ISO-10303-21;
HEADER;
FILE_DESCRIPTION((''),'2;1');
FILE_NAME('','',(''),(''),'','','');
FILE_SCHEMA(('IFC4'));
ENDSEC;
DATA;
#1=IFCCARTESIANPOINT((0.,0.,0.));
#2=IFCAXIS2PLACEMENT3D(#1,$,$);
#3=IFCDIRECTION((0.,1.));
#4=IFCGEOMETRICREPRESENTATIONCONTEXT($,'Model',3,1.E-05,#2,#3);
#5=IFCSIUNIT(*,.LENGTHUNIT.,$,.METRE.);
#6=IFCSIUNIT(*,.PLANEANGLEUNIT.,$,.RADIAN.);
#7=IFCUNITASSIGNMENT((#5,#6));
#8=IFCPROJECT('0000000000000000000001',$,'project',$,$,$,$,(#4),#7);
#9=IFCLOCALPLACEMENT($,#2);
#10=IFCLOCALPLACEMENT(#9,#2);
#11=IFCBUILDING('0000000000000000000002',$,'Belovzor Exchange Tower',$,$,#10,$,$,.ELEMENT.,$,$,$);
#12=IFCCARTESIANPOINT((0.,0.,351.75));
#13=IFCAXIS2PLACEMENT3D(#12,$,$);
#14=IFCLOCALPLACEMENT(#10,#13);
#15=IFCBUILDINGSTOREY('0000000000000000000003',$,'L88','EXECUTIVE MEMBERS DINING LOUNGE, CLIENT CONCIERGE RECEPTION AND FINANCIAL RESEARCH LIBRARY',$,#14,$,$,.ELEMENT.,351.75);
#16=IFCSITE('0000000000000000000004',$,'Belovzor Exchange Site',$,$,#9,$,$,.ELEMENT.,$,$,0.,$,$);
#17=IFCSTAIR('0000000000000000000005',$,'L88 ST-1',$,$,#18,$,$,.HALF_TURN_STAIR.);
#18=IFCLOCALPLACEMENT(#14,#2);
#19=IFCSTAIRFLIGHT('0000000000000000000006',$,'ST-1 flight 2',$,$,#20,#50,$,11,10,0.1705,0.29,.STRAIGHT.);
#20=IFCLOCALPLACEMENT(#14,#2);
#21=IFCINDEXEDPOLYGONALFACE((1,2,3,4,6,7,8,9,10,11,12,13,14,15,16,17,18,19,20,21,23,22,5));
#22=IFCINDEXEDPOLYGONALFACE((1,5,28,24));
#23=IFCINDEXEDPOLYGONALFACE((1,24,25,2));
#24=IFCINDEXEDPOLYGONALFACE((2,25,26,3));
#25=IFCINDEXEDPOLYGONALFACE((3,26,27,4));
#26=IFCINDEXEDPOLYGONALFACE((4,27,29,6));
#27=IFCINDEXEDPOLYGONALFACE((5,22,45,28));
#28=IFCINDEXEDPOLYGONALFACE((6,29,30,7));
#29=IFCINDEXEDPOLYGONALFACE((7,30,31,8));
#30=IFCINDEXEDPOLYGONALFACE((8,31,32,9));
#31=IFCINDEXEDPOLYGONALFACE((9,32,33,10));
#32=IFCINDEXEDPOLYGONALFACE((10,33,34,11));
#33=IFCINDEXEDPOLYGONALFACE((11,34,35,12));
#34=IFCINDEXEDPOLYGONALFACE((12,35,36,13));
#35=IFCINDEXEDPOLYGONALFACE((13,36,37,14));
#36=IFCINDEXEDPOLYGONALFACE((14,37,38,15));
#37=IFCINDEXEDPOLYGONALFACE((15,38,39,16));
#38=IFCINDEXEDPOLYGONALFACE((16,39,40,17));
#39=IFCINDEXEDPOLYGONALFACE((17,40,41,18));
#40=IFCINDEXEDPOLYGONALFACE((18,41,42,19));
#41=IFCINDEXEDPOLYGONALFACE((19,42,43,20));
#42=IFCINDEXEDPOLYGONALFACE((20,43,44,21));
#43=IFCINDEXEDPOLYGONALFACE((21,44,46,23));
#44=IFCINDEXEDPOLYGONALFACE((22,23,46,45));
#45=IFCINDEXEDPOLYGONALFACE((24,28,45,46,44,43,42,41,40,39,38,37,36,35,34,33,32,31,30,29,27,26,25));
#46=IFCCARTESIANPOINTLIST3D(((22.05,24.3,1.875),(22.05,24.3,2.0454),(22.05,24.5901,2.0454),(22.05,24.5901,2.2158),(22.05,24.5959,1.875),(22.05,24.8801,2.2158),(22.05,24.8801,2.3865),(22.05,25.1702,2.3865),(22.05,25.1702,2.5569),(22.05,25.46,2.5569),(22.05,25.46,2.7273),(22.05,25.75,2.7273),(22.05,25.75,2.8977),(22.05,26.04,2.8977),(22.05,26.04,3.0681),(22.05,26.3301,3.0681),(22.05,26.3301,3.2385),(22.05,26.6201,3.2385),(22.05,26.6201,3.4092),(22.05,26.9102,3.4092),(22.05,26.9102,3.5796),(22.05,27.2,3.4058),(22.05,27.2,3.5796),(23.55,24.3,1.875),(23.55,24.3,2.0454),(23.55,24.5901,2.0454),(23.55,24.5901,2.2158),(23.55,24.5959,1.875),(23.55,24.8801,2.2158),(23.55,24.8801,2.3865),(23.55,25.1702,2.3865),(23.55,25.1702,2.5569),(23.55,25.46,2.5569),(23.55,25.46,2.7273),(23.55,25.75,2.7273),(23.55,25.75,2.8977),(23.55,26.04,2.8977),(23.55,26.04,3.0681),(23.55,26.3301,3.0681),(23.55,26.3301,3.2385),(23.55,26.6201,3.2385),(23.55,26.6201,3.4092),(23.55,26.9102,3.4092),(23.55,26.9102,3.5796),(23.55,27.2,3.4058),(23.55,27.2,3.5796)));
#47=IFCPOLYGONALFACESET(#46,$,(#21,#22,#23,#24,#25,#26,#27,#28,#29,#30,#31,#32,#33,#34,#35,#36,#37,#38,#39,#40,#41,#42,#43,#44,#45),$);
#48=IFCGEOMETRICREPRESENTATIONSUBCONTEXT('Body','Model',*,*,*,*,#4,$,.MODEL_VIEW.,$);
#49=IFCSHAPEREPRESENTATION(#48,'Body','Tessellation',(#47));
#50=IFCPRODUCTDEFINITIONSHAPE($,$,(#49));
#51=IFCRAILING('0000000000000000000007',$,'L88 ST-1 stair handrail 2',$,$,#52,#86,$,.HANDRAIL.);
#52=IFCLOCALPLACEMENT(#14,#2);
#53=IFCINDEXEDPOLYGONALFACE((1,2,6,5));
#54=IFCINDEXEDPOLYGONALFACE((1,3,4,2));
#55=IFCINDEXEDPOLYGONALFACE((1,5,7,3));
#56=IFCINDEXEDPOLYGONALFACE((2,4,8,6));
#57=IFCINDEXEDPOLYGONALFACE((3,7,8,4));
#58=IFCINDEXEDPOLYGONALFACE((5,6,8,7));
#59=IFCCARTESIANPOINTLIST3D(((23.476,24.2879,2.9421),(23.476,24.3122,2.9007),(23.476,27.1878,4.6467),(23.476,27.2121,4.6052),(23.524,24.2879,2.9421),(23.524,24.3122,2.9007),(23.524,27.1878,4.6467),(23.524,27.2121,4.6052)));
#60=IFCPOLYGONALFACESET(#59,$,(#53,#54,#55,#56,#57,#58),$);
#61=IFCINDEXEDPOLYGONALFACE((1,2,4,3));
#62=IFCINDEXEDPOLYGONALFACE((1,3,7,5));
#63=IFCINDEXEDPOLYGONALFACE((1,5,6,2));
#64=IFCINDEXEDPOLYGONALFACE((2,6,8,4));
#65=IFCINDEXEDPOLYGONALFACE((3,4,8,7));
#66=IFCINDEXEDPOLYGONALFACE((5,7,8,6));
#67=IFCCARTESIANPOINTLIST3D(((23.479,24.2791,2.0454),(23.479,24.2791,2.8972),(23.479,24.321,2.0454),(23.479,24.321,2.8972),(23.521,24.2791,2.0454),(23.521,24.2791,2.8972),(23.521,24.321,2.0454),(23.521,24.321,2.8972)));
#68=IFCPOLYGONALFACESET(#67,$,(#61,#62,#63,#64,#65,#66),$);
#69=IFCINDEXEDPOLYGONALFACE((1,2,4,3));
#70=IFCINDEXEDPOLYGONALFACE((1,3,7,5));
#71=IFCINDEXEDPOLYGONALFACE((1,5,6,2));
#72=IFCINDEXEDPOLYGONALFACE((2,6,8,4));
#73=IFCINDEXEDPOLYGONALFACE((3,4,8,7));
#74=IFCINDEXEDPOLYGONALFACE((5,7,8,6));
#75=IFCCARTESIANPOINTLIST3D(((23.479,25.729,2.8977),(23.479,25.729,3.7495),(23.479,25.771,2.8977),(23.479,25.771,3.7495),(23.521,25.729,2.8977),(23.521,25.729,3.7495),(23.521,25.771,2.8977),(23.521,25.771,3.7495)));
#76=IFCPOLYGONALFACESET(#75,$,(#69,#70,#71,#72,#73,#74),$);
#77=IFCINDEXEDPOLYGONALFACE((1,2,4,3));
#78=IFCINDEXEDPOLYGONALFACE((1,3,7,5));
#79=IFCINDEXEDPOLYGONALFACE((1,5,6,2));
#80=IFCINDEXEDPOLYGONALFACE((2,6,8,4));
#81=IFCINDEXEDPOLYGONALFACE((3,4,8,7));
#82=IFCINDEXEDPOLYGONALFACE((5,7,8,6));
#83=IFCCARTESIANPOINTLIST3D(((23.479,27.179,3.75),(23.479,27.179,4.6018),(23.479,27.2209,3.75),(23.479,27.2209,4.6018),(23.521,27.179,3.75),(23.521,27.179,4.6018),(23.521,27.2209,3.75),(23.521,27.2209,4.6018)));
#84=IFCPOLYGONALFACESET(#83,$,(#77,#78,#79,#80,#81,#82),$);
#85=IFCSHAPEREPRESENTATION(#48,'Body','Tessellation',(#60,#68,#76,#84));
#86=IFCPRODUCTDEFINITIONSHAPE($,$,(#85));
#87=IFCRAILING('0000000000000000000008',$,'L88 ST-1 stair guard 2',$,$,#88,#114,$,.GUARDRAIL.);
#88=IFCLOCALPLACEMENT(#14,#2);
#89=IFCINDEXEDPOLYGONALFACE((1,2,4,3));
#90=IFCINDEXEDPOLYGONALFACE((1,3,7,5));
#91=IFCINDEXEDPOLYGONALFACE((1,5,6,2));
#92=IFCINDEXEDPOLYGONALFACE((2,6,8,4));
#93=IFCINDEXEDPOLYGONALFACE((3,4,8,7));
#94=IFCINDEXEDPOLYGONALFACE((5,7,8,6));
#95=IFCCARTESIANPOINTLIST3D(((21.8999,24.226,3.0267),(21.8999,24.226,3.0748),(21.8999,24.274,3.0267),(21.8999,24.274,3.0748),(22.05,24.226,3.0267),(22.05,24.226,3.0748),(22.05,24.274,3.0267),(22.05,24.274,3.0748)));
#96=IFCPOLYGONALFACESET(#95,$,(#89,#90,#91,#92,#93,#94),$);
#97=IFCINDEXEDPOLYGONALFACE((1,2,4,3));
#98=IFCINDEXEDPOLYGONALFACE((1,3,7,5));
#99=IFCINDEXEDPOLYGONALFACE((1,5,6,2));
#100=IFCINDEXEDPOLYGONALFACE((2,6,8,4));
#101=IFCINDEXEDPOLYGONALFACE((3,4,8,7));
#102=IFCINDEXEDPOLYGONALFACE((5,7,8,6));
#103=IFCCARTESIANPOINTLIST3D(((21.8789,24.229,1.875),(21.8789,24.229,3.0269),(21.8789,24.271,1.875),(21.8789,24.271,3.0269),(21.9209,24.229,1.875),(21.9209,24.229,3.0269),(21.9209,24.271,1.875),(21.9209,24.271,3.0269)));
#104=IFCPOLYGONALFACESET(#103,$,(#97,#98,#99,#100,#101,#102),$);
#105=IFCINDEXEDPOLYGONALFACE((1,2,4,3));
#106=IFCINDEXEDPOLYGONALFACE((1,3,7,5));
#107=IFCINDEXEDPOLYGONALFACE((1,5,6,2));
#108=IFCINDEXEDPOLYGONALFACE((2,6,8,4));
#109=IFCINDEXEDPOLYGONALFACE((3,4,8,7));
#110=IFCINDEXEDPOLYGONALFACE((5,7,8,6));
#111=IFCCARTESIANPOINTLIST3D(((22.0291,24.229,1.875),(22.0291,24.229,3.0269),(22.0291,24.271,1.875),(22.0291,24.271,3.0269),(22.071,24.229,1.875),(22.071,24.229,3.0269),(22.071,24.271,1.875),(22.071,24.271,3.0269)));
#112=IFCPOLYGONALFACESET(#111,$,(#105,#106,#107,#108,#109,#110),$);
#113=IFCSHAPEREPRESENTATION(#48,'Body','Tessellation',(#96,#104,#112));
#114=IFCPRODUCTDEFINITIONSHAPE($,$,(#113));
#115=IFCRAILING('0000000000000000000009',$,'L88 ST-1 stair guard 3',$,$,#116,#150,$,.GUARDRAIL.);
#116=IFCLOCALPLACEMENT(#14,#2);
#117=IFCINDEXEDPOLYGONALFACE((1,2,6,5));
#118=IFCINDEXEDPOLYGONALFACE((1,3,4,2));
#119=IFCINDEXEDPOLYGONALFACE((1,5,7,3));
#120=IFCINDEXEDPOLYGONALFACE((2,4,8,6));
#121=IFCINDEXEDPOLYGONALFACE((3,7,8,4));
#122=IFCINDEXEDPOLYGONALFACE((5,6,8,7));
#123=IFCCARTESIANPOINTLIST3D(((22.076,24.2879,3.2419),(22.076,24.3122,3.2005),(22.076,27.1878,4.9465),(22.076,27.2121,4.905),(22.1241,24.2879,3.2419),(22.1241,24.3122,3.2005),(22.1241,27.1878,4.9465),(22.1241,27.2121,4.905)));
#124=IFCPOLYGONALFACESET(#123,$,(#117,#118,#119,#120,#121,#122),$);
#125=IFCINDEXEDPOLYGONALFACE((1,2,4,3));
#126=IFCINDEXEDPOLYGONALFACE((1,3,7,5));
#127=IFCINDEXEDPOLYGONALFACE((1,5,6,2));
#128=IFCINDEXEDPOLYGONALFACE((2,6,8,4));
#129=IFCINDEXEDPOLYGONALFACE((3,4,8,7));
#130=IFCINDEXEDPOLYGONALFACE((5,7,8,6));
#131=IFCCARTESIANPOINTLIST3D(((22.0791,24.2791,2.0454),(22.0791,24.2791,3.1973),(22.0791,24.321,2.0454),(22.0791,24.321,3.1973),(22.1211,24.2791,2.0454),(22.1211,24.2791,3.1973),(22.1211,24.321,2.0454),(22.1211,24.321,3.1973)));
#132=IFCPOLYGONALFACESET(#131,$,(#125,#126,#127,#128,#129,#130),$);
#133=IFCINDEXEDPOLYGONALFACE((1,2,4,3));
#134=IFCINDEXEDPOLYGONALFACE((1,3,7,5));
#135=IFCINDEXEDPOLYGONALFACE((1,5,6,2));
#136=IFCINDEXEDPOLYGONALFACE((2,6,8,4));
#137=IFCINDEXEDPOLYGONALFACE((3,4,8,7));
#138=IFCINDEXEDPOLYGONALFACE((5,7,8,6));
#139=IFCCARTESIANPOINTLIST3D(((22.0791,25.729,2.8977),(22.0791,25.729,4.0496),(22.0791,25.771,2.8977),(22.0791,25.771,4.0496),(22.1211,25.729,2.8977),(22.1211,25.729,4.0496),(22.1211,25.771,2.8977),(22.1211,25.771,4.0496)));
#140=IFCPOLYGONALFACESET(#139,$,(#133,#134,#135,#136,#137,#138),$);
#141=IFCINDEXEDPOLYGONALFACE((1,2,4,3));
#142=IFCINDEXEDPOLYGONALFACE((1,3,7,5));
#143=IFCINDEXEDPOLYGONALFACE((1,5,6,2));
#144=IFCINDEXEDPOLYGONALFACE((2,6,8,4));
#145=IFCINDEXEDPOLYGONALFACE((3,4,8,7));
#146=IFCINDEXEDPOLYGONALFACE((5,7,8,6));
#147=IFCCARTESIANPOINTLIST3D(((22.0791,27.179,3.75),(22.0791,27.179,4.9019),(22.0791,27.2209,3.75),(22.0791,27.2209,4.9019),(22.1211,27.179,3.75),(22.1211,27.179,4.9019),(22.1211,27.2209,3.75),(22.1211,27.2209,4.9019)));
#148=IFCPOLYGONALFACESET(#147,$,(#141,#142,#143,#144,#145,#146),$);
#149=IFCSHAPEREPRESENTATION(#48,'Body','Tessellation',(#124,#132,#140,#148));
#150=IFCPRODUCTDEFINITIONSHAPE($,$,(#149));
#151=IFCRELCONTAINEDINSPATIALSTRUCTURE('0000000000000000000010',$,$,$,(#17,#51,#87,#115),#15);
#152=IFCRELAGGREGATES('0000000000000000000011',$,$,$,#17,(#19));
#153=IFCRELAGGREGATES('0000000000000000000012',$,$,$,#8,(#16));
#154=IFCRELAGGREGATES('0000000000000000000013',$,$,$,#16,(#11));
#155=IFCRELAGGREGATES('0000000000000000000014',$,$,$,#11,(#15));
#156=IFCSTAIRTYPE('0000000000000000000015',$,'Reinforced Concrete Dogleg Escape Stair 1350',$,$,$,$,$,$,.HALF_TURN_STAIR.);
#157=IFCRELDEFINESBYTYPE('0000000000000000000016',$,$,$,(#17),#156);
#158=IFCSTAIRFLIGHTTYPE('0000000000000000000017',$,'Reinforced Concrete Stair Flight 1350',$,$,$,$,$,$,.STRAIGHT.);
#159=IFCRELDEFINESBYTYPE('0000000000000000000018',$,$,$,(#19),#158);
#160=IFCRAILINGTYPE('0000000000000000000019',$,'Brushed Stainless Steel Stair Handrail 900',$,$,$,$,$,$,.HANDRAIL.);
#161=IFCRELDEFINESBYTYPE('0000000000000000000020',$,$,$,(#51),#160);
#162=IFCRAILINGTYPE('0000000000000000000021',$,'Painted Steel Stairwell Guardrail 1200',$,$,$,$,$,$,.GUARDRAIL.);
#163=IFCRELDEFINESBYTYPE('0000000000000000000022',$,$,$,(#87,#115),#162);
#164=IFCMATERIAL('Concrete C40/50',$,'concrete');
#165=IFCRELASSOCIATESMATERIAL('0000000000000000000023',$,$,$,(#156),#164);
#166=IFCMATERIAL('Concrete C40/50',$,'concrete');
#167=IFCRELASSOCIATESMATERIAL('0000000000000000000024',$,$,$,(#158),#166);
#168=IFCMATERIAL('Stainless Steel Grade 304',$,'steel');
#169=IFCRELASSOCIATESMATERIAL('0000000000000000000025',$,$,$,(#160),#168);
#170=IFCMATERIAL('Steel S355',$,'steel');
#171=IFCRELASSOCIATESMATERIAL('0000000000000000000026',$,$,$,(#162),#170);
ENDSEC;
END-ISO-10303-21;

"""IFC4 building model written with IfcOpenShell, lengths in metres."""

from ifc_helpers import new_model, si_unit, direction, frame, origin, origin_2d, place, context, subcontext, project, spatial, polyline, rectangle, outline, extrude, material, type_object, element, aggregate, save


model = new_model("IFC4")

# Units and contexts
model_context = context("Model", 3, precision=1e-05, world=origin(), true_north=direction((0.0, 1.0)))
body_context = subcontext(model_context, "Body", "Model", "MODEL_VIEW")
ifc_project = project(units=[si_unit("LENGTHUNIT", "METRE"), si_unit("PLANEANGLEUNIT", "RADIAN")], contexts=[model_context])

# Site, building, storey
site_placement = place(None, origin())
site = spatial("IfcSite", under=ifc_project, at=site_placement, Name="Belovzor Exchange Site", CompositionType="ELEMENT", RefElevation=0.0)
building_placement = place(site_placement, origin())
building = spatial("IfcBuilding", under=site, at=building_placement, Name="Belovzor Exchange Tower", CompositionType="ELEMENT")
storey_placement = place(building_placement, frame((0.0, 0.0, 351.75)))
storey = spatial("IfcBuildingStorey", under=building, at=storey_placement, Name="L88", Description="EXECUTIVE MEMBERS DINING LOUNGE, CLIENT CONCIERGE RECEPTION AND FINANCIAL RESEARCH LIBRARY", CompositionType="ELEMENT", Elevation=351.75)

# Stair, stair flight
ifc_material_1 = material(Name="Concrete C40/50", Category="concrete")
stair_type = type_object("IfcStairType", Name="Reinforced Concrete Dogleg Escape Stair 1350", PredefinedType="HALF_TURN_STAIR", material=ifc_material_1)
stair_placement = place(storey_placement, origin())
stair = element("IfcStair", 1, at=stair_placement, inside=storey, type_object=stair_type, Name="L88 ST-1", PredefinedType="HALF_TURN_STAIR")
ifc_material_2 = material(Name="Concrete C40/50", Category="concrete")
stair_flight_type = type_object("IfcStairFlightType", Name="Reinforced Concrete Stair Flight 1350", PredefinedType="STRAIGHT", material=ifc_material_2)
stair_flight_placement = place(storey_placement, frame((22.8, 24.3, 1.875), z_axis=(0.0, 0.0, 1.0), x_axis=(0.0, 1.0, 0.0)))
stair_flight = element("IfcStairFlight", 2, at=stair_flight_placement, type_object=stair_flight_type, Name="ST-1 flight 2", NumberOfRisers=11, NumberOfTreads=10, PredefinedType="STRAIGHT", RiserHeight=0.1705, TreadLength=0.29, context=body_context, shape_type="SweptSolid", body=[
    extrude(outline(polyline([(0.0, 0.0), (0.0, 0.1704), (0.29, 0.1704), (0.29, 0.3408), (0.5801, 0.3408), (0.5801, 0.5115), (0.8701, 0.5115), (0.8701, 0.6819), (1.1599, 0.6819), (1.1599, 0.8523), (1.45, 0.8523), (1.45, 1.0227), (1.74, 1.0227), (1.74, 1.1931), (2.03, 1.1931), (2.03, 1.3635), (2.3201, 1.3635), (2.3201, 1.5342), (2.6101, 1.5342), (2.6101, 1.7046), (2.8999, 1.7046), (2.8999, 1.875), (2.8999, 1.5308), (0.2959, 0.0), (0.0, 0.0)])), frame((0.0, 0.75, 0.0), z_axis=(0.0, -1.0, 0.0), x_axis=(1.0, 0.0, 0.0)), (0.0, 0.0, 1.0), 1.5),
])
aggregate(stair, [stair_flight])

# Railings
ifc_material_3 = material(Name="Stainless Steel Grade 304", Category="steel")
railing_type_1 = type_object("IfcRailingType", Name="Brushed Stainless Steel Stair Handrail 900", PredefinedType="HANDRAIL", material=ifc_material_3)
railing_1_placement = place(storey_placement, frame((23.5, 24.3, 2.0454)))
element("IfcRailing", 3, at=railing_1_placement, inside=storey, type_object=railing_type_1, Name="L88 ST-1 stair handrail 2", PredefinedType="HANDRAIL", context=body_context, shape_type="SweptSolid", body=[
    extrude(rectangle(XDim=0.0481, YDim=0.0481, at=origin_2d()), frame((0.0, 0.0, 0.876), z_axis=(0.0, 0.862095, 0.506747), x_axis=(-1.0, 0.0, 0.0)), (0.0, 0.0, 1.0), 3.3638),
    extrude(rectangle(XDim=0.042, YDim=0.042, at=origin_2d()), origin(), (0.0, 0.0, 1.0), 0.8518),
    extrude(rectangle(XDim=0.042, YDim=0.042, at=origin_2d()), frame((0.0, 1.45, 0.8523)), (0.0, 0.0, 1.0), 0.8518),
    extrude(rectangle(XDim=0.042, YDim=0.042, at=origin_2d()), frame((0.0, 2.8999, 1.7046)), (0.0, 0.0, 1.0), 0.8518),
])
ifc_material_4 = material(Name="Steel S355", Category="steel")
railing_type_2 = type_object("IfcRailingType", Name="Painted Steel Stairwell Guardrail 1200", PredefinedType="GUARDRAIL", material=ifc_material_4)
railing_2_placement = place(storey_placement, frame((21.8999, 24.25, 1.875)))
element("IfcRailing", 4, at=railing_2_placement, inside=storey, type_object=railing_type_2, Name="L88 ST-1 stair guard 2", PredefinedType="GUARDRAIL", context=body_context, shape_type="SweptSolid", body=[
    extrude(rectangle(XDim=0.0481, YDim=0.0481, at=origin_2d()), frame((0.0, 0.0, 1.1758), z_axis=(1.0, 0.0, 0.0), x_axis=(0.0, 1.0, 0.0)), (0.0, 0.0, 1.0), 0.1501),
    extrude(rectangle(XDim=0.042, YDim=0.042, at=origin_2d()), origin(), (0.0, 0.0, 1.0), 1.1519),
    extrude(rectangle(XDim=0.042, YDim=0.042, at=origin_2d()), frame((0.1501, 0.0, 0.0)), (0.0, 0.0, 1.0), 1.1519),
])
railing_3_placement = place(storey_placement, frame((22.1001, 24.3, 2.0454)))
element("IfcRailing", 5, at=railing_3_placement, inside=storey, type_object=railing_type_2, Name="L88 ST-1 stair guard 3", PredefinedType="GUARDRAIL", context=body_context, shape_type="SweptSolid", body=[
    extrude(rectangle(XDim=0.0481, YDim=0.0481, at=origin_2d()), frame((0.0, 0.0, 1.1758), z_axis=(0.0, 0.862095, 0.506747), x_axis=(-1.0, 0.0, 0.0)), (0.0, 0.0, 1.0), 3.3638),
    extrude(rectangle(XDim=0.042, YDim=0.042, at=origin_2d()), origin(), (0.0, 0.0, 1.0), 1.1519),
    extrude(rectangle(XDim=0.042, YDim=0.042, at=origin_2d()), frame((0.0, 1.45, 0.8523)), (0.0, 0.0, 1.0), 1.1519),
    extrude(rectangle(XDim=0.042, YDim=0.042, at=origin_2d()), frame((0.0, 2.8999, 1.7046)), (0.0, 0.0, 1.0), 1.1519),
])

save(model, "model.ifc")
